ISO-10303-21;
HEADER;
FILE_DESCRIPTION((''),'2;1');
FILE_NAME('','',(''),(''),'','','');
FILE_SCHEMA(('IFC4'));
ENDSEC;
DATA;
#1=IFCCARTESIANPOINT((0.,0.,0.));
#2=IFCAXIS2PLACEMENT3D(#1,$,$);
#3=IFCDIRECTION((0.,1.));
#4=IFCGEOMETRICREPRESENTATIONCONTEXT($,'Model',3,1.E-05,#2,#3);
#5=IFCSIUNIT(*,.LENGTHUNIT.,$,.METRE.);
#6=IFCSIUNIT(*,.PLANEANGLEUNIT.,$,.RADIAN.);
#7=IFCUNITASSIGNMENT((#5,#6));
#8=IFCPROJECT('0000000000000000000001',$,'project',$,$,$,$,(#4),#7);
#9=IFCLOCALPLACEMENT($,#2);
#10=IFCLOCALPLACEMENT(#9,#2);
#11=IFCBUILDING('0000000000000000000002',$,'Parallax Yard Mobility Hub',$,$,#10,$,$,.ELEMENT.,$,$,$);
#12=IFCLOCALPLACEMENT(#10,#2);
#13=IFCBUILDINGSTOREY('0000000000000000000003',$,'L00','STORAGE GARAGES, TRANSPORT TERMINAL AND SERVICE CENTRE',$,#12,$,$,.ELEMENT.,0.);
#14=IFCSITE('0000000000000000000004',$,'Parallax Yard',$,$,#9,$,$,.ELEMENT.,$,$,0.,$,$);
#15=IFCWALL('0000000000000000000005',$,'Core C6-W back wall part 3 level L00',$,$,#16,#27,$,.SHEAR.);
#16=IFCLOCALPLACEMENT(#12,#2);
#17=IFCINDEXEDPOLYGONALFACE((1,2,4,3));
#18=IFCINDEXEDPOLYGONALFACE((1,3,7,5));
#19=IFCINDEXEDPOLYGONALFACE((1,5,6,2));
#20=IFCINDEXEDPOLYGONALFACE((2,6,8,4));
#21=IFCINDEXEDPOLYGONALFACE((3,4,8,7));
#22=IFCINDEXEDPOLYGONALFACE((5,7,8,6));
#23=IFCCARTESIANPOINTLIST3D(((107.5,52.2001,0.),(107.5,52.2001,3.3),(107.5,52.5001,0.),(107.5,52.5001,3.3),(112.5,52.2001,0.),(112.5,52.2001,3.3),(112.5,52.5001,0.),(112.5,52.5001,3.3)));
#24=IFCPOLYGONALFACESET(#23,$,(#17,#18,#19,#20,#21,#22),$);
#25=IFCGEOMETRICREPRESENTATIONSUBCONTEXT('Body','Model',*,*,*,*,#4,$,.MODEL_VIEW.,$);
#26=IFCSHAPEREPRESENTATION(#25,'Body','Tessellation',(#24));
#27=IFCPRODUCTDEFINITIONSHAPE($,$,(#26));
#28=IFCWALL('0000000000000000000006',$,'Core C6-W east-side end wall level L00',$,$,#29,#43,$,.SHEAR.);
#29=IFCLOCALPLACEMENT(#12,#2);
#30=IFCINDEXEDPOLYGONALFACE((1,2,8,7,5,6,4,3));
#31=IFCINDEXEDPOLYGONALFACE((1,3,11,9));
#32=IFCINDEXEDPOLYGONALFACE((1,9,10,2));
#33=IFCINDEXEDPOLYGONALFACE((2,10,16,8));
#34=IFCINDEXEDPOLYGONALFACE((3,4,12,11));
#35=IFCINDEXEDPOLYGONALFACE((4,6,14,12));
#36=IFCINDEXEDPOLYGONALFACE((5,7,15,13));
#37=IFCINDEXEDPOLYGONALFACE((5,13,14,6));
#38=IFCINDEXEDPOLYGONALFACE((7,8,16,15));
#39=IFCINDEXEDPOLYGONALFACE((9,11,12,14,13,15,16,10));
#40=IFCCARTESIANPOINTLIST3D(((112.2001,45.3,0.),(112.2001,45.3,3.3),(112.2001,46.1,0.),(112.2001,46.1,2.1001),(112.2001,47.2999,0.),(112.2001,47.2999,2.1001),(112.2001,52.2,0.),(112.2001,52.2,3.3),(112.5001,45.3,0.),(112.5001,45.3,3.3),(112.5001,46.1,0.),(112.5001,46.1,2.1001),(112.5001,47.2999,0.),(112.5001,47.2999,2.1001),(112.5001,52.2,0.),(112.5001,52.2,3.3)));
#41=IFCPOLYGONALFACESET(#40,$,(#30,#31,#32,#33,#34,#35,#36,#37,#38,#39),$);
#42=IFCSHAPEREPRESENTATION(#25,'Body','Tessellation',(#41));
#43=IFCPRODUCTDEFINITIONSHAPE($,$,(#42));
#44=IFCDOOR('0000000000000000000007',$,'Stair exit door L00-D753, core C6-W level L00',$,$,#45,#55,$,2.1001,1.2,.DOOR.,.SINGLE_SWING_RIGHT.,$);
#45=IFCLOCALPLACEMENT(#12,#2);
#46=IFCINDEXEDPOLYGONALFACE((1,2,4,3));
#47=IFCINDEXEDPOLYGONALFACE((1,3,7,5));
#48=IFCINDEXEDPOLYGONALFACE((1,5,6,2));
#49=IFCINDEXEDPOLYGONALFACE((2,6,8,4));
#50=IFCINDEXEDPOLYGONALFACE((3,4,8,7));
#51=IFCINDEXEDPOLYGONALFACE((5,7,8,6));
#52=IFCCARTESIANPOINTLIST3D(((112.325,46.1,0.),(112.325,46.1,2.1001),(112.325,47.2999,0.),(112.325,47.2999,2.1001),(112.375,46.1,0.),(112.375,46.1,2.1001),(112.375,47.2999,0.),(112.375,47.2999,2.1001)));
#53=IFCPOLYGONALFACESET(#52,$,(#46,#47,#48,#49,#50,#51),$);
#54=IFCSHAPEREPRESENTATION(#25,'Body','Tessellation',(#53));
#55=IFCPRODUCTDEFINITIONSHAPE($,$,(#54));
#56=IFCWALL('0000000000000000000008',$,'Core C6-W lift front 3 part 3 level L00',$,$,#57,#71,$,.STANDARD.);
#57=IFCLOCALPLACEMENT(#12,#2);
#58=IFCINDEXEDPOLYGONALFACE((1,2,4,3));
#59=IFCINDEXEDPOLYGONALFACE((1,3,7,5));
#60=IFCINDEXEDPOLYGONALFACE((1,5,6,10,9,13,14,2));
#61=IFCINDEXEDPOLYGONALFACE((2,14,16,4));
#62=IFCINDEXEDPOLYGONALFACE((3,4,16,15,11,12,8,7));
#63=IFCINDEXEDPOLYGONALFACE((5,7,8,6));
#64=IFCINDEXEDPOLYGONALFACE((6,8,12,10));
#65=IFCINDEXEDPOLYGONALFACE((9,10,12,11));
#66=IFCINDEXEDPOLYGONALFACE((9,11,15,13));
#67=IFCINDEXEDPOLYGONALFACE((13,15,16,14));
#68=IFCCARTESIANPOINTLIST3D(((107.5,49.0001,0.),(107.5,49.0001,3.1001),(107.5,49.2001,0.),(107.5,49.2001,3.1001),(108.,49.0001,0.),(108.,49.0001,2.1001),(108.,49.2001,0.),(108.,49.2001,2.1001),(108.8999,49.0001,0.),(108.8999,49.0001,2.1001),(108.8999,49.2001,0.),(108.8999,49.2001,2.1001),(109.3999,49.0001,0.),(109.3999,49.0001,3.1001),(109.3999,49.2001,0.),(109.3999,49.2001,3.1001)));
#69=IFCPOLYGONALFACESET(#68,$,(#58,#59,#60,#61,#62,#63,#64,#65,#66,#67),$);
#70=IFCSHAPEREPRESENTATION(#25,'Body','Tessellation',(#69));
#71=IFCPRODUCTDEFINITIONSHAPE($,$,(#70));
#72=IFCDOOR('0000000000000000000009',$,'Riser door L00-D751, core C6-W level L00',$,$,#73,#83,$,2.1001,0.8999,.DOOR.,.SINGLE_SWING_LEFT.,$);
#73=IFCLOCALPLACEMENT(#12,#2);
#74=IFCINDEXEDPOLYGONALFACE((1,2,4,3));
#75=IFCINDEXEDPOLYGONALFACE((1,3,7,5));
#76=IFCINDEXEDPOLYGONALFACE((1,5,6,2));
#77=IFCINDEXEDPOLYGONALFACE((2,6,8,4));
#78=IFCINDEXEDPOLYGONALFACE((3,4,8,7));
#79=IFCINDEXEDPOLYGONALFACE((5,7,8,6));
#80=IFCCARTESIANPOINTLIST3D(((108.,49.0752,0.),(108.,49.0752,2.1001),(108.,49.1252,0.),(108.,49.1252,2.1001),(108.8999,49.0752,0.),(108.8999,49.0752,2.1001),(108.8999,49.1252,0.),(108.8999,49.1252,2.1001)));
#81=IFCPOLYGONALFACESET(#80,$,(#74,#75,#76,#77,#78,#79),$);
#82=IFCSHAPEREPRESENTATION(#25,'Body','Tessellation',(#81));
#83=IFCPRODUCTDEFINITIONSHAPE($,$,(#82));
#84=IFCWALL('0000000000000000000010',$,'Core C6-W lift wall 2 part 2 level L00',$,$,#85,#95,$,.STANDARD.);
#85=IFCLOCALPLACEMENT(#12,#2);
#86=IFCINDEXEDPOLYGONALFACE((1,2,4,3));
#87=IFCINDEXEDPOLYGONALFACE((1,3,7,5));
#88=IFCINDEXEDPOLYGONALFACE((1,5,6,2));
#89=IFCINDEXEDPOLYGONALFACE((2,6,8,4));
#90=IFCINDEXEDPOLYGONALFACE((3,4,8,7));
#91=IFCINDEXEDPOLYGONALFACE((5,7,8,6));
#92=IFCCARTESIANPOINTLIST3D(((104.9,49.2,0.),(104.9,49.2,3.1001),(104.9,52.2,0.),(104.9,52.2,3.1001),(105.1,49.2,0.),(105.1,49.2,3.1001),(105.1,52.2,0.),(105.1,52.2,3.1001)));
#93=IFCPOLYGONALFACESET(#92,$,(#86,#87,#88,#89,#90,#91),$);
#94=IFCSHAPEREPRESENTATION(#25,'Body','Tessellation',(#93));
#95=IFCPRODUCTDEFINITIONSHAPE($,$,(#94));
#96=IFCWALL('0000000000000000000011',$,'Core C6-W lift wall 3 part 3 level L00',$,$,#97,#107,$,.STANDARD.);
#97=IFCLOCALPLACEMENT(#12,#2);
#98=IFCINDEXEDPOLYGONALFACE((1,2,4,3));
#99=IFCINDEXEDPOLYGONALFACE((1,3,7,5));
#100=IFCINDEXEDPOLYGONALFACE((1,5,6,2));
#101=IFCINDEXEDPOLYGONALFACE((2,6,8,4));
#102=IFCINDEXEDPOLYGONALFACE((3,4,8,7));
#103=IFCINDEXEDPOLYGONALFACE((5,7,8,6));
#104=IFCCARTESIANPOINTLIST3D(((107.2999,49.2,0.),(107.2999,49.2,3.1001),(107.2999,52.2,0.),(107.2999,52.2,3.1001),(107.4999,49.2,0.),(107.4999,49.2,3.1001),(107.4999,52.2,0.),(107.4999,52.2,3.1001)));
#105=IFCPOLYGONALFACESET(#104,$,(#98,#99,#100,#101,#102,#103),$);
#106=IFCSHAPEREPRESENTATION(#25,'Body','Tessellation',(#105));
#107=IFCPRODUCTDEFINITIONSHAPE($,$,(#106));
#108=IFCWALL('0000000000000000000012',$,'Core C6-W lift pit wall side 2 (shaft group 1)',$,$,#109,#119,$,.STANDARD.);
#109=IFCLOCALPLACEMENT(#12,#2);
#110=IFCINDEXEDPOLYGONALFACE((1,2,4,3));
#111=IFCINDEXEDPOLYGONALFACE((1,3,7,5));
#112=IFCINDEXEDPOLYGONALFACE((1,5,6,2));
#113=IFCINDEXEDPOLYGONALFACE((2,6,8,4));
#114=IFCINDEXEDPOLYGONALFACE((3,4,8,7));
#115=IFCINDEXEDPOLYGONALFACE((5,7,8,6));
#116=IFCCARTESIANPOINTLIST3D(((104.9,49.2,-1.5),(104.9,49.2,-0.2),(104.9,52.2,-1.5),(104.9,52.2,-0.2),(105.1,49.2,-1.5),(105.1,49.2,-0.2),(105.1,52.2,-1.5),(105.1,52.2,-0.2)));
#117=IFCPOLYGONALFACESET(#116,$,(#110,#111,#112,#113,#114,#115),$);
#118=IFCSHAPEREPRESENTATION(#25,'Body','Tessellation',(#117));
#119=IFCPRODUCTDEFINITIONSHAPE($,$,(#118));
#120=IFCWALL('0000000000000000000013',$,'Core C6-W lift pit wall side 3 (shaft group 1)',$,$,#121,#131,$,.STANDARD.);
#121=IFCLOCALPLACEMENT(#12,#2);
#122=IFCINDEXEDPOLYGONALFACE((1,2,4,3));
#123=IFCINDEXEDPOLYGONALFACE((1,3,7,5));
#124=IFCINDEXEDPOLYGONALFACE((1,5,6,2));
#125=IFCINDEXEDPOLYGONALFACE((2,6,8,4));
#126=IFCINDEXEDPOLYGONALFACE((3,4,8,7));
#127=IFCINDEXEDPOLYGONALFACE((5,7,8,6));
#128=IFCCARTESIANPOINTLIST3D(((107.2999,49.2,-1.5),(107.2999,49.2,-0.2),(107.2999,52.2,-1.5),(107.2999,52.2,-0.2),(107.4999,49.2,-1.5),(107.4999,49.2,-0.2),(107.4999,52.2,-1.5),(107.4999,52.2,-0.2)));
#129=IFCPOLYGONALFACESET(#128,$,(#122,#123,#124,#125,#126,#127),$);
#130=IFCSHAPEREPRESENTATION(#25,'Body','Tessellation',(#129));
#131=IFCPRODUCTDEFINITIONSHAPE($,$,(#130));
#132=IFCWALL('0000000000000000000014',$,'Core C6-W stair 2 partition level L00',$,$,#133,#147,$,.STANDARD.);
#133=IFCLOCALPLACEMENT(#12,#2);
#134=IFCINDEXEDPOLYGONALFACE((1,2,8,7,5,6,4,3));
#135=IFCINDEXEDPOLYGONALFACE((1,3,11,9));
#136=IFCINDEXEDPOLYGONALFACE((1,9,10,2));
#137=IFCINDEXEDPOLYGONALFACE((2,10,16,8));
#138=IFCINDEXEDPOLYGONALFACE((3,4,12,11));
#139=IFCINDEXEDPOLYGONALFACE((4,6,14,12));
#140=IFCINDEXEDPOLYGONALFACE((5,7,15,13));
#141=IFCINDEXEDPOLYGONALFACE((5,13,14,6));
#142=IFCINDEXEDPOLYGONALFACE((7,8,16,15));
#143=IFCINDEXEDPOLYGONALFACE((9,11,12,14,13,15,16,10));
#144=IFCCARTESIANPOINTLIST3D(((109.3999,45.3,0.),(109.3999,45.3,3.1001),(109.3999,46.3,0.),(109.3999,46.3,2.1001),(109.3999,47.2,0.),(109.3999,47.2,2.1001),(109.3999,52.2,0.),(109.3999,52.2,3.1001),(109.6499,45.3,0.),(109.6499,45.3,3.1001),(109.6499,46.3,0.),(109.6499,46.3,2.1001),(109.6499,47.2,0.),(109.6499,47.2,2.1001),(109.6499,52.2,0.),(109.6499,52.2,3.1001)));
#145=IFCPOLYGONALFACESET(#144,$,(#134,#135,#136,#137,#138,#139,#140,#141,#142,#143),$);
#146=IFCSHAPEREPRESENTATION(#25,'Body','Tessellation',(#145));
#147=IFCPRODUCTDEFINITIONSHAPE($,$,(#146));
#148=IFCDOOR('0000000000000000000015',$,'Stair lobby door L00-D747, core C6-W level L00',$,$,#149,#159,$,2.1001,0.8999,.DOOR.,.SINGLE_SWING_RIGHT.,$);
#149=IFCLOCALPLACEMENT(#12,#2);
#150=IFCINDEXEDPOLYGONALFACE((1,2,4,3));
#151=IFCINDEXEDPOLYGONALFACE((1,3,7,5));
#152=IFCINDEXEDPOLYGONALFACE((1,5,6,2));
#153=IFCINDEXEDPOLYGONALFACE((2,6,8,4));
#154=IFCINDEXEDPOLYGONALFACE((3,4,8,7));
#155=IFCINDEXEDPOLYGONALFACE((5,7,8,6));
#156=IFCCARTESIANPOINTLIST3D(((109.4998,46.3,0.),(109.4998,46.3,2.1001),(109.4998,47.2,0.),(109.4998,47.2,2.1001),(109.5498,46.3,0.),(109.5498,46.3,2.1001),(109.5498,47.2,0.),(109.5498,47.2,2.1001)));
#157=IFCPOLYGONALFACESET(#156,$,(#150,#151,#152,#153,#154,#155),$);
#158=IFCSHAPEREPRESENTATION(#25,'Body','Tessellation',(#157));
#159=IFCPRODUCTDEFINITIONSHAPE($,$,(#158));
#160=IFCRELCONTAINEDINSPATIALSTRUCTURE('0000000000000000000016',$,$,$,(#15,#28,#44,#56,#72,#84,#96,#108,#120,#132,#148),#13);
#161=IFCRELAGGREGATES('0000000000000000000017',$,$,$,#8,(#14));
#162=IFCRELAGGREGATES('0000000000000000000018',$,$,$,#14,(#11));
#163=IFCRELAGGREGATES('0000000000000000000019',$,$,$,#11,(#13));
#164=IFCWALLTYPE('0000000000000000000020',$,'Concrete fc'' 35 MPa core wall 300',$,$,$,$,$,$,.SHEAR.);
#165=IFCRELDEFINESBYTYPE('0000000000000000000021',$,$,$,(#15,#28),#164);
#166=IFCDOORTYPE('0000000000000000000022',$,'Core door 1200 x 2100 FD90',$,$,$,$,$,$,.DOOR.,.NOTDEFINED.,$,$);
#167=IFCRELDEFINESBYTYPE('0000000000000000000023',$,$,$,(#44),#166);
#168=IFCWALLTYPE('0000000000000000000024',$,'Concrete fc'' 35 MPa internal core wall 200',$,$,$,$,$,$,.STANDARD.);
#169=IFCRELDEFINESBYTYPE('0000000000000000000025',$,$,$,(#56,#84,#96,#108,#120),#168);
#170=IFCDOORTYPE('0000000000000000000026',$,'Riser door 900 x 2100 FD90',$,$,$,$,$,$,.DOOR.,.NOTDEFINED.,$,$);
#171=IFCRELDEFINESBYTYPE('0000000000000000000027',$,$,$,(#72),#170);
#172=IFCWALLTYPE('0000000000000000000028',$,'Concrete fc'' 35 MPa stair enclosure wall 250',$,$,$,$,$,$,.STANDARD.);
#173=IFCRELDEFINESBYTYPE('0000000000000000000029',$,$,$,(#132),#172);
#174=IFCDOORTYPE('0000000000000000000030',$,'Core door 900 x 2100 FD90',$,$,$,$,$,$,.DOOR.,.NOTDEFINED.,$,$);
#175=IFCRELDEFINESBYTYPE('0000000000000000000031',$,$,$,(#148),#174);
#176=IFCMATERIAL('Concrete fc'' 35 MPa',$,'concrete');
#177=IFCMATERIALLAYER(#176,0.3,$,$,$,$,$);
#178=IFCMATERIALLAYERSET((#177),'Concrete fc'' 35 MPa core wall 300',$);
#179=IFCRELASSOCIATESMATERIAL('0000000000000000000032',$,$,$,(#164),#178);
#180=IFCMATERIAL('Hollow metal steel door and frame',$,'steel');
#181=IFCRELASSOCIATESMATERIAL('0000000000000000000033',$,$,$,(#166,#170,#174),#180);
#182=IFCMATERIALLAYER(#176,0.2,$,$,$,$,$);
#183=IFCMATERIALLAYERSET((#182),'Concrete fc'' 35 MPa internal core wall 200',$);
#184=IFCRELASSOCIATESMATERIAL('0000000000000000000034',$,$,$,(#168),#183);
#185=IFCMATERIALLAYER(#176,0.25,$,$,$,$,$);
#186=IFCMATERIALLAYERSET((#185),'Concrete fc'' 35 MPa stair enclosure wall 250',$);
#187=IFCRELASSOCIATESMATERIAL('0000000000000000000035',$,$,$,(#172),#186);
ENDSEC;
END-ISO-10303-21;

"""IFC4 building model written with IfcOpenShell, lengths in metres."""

from ifc_helpers import new_model, si_unit, direction, frame, frame_2d, origin, place, context, subcontext, project, spatial, rectangle, extrude, material, layer, layer_set, type_object, element, fill, save


model = new_model("IFC4")

# Units and contexts
model_context = context("Model", 3, precision=1e-05, world=origin(), true_north=direction((0.0, 1.0)))
body_context = subcontext(model_context, "Body", "Model", "MODEL_VIEW")
ifc_project = project(units=[si_unit("LENGTHUNIT", "METRE"), si_unit("PLANEANGLEUNIT", "RADIAN")], contexts=[model_context])

# Site, building, storey
site_placement = place(None, origin())
site = spatial("IfcSite", under=ifc_project, at=site_placement, Name="Parallax Yard", CompositionType="ELEMENT", RefElevation=0.0)
building_placement = place(site_placement, origin())
building = spatial("IfcBuilding", under=site, at=building_placement, Name="Parallax Yard Mobility Hub", CompositionType="ELEMENT")
storey_placement = place(building_placement, origin())
storey = spatial("IfcBuildingStorey", under=building, at=storey_placement, Name="L00", Description="STORAGE GARAGES, TRANSPORT TERMINAL AND SERVICE CENTRE", CompositionType="ELEMENT", Elevation=0.0)

# Wall
ifc_material_1 = material(Name="Concrete fc' 35 MPa", Category="concrete")
ifc_layer_1 = layer(ifc_material_1, 0.3)
ifc_layer_set_1 = layer_set([ifc_layer_1], Name="Concrete fc' 35 MPa core wall 300")
wall_type_1 = type_object("IfcWallType", Name="Concrete fc' 35 MPa core wall 300", PredefinedType="SHEAR", material=ifc_layer_set_1)
wall_1_placement = place(storey_placement, frame((107.5, 52.3501, 0.0), z_axis=(0.0, 0.0, 1.0), x_axis=(1.0, 0.0, 0.0)))
element("IfcWall", 1, at=wall_1_placement, inside=storey, type_object=wall_type_1, Name="Core C6-W back wall part 3 level L00", PredefinedType="SHEAR", context=body_context, shape_type="SweptSolid", body=[
    extrude(rectangle(XDim=5.0, YDim=0.3, at=frame_2d((2.5, 0.0))), origin(), (0.0, 0.0, 1.0), 3.3),
])

# Walls, openings, doors
wall_2_placement = place(storey_placement, frame((112.3501, 52.2, 0.0), z_axis=(0.0, 0.0, 1.0), x_axis=(0.0, -1.0, 0.0)))
wall_2 = element("IfcWall", 2, at=wall_2_placement, inside=storey, type_object=wall_type_1, Name="Core C6-W east-side end wall level L00", PredefinedType="SHEAR", context=body_context, shape_type="SweptSolid", body=[
    extrude(rectangle(XDim=6.8999, YDim=0.3, at=frame_2d((3.45, 0.0))), origin(), (0.0, 0.0, 1.0), 3.3),
])
opening_1_placement = place(wall_2_placement, frame((4.8999, 0.0, 0.0)))
opening_1 = element("IfcOpeningElement", 3, at=opening_1_placement, cuts=wall_2, PredefinedType="OPENING", context=body_context, shape_type="SweptSolid", body=[
    extrude(rectangle(XDim=1.2, YDim=2.1001, at=frame_2d((0.6001, 1.05))), frame((0.0, 0.1602, 0.0), z_axis=(0.0, -1.0, 0.0), x_axis=(1.0, 0.0, 0.0)), (0.0, 0.0, 1.0), 0.3201),
])
ifc_material_2 = material(Name="Hollow metal steel door and frame", Category="steel")
door_type_1 = type_object("IfcDoorType", Name="Core door 1200 x 2100 FD90", OperationType="NOTDEFINED", PredefinedType="DOOR", material=ifc_material_2)
door_1_placement = place(opening_1_placement, origin())
door_1 = element("IfcDoor", 4, at=door_1_placement, inside=storey, type_object=door_type_1, Name="Stair exit door L00-D753, core C6-W level L00", OperationType="SINGLE_SWING_RIGHT", OverallHeight=2.1001, OverallWidth=1.2, PredefinedType="DOOR", context=body_context, shape_type="SweptSolid", body=[
    extrude(rectangle(XDim=1.2, YDim=2.1001, at=frame_2d((0.6001, 1.05))), frame((0.0, 0.0249, 0.0), z_axis=(0.0, -1.0, 0.0), x_axis=(1.0, 0.0, 0.0)), (0.0, 0.0, 1.0), 0.05),
])
fill(opening_1, door_1)
ifc_layer_2 = layer(ifc_material_1, 0.2)
ifc_layer_set_2 = layer_set([ifc_layer_2], Name="Concrete fc' 35 MPa internal core wall 200")
wall_type_2 = type_object("IfcWallType", Name="Concrete fc' 35 MPa internal core wall 200", PredefinedType="STANDARD", material=ifc_layer_set_2)
wall_3_placement = place(storey_placement, frame((109.3999, 49.1001, 0.0), z_axis=(0.0, 0.0, 1.0), x_axis=(-1.0, 0.0, 0.0)))
wall_3 = element("IfcWall", 5, at=wall_3_placement, inside=storey, type_object=wall_type_2, Name="Core C6-W lift front 3 part 3 level L00", PredefinedType="STANDARD", context=body_context, shape_type="SweptSolid", body=[
    extrude(rectangle(XDim=1.8999, YDim=0.2, at=frame_2d((0.95, 0.0))), origin(), (0.0, 0.0, 1.0), 3.1001),
])
opening_2_placement = place(wall_3_placement, frame((0.5, 0.0, 0.0)))
opening_2 = element("IfcOpeningElement", 6, at=opening_2_placement, cuts=wall_3, PredefinedType="OPENING", context=body_context, shape_type="SweptSolid", body=[
    extrude(rectangle(XDim=0.8999, YDim=2.1001, at=frame_2d((0.45, 1.05))), frame((0.0, 0.1099, 0.0), z_axis=(0.0, -1.0, 0.0), x_axis=(1.0, 0.0, 0.0)), (0.0, 0.0, 1.0), 0.22),
])
door_type_2 = type_object("IfcDoorType", Name="Riser door 900 x 2100 FD90", OperationType="NOTDEFINED", PredefinedType="DOOR", material=ifc_material_2)
door_2_placement = place(opening_2_placement, origin())
door_2 = element("IfcDoor", 7, at=door_2_placement, inside=storey, type_object=door_type_2, Name="Riser door L00-D751, core C6-W level L00", OperationType="SINGLE_SWING_LEFT", OverallHeight=2.1001, OverallWidth=0.8999, PredefinedType="DOOR", context=body_context, shape_type="SweptSolid", body=[
    extrude(rectangle(XDim=0.8999, YDim=2.1001, at=frame_2d((0.45, 1.05))), frame((0.0, 0.0249, 0.0), z_axis=(0.0, -1.0, 0.0), x_axis=(1.0, 0.0, 0.0)), (0.0, 0.0, 1.0), 0.05),
])
fill(opening_2, door_2)

# Walls
for number, where, z_axis, x_axis, name in (
    (8, (105.0, 49.2, 0.0), (0.0, 0.0, 1.0), (0.0, 1.0, 0.0), "Core C6-W lift wall 2 part 2 level L00"),
    (9, (107.3999, 49.2, 0.0), (0.0, 0.0, 1.0), (0.0, 1.0, 0.0), "Core C6-W lift wall 3 part 3 level L00"),
):
    element("IfcWall", number, at=place(storey_placement, frame(where, z_axis=z_axis, x_axis=x_axis)), inside=storey, type_object=wall_type_2, Name=name, PredefinedType="STANDARD", context=body_context, shape_type="SweptSolid", body=[
        extrude(rectangle(XDim=3.0, YDim=0.2, at=frame_2d((1.5, 0.0))), origin(), (0.0, 0.0, 1.0), 3.1001),
    ])
for number, where, z_axis, x_axis, name in (
    (10, (105.0, 49.2, -1.5), (0.0, 0.0, 1.0), (0.0, 1.0, 0.0), "Core C6-W lift pit wall side 2 (shaft group 1)"),
    (11, (107.3999, 49.2, -1.5), (0.0, 0.0, 1.0), (0.0, 1.0, 0.0), "Core C6-W lift pit wall side 3 (shaft group 1)"),
):
    element("IfcWall", number, at=place(storey_placement, frame(where, z_axis=z_axis, x_axis=x_axis)), inside=storey, type_object=wall_type_2, Name=name, PredefinedType="STANDARD", context=body_context, shape_type="SweptSolid", body=[
        extrude(rectangle(XDim=3.0, YDim=0.2, at=frame_2d((1.5, 0.0))), origin(), (0.0, 0.0, 1.0), 1.3),
    ])

# Wall, opening, door
ifc_layer_3 = layer(ifc_material_1, 0.25)
ifc_layer_set_3 = layer_set([ifc_layer_3], Name="Concrete fc' 35 MPa stair enclosure wall 250")
wall_type_3 = type_object("IfcWallType", Name="Concrete fc' 35 MPa stair enclosure wall 250", PredefinedType="STANDARD", material=ifc_layer_set_3)
wall_4_placement = place(storey_placement, frame((109.5249, 52.2, 0.0), z_axis=(0.0, 0.0, 1.0), x_axis=(0.0, -1.0, 0.0)))
wall_4 = element("IfcWall", 12, at=wall_4_placement, inside=storey, type_object=wall_type_3, Name="Core C6-W stair 2 partition level L00", PredefinedType="STANDARD", context=body_context, shape_type="SweptSolid", body=[
    extrude(rectangle(XDim=6.8999, YDim=0.25, at=frame_2d((3.45, 0.0))), origin(), (0.0, 0.0, 1.0), 3.1001),
])
opening_3_placement = place(wall_4_placement, frame((5.0, 0.0, 0.0)))
opening_3 = element("IfcOpeningElement", 13, at=opening_3_placement, cuts=wall_4, PredefinedType="OPENING", context=body_context, shape_type="SweptSolid", body=[
    extrude(rectangle(XDim=0.8999, YDim=2.1001, at=frame_2d((0.45, 1.05))), frame((0.0, 0.135, 0.0), z_axis=(0.0, -1.0, 0.0), x_axis=(1.0, 0.0, 0.0)), (0.0, 0.0, 1.0), 0.27),
])
door_type_3 = type_object("IfcDoorType", Name="Core door 900 x 2100 FD90", OperationType="NOTDEFINED", PredefinedType="DOOR", material=ifc_material_2)
door_3_placement = place(opening_3_placement, origin())
door_3 = element("IfcDoor", 14, at=door_3_placement, inside=storey, type_object=door_type_3, Name="Stair lobby door L00-D747, core C6-W level L00", OperationType="SINGLE_SWING_RIGHT", OverallHeight=2.1001, OverallWidth=0.8999, PredefinedType="DOOR", context=body_context, shape_type="SweptSolid", body=[
    extrude(rectangle(XDim=0.8999, YDim=2.1001, at=frame_2d((0.45, 1.05))), frame((0.0, 0.0249, 0.0), z_axis=(0.0, -1.0, 0.0), x_axis=(1.0, 0.0, 0.0)), (0.0, 0.0, 1.0), 0.05),
])
fill(opening_3, door_3)

save(model, "model.ifc")
